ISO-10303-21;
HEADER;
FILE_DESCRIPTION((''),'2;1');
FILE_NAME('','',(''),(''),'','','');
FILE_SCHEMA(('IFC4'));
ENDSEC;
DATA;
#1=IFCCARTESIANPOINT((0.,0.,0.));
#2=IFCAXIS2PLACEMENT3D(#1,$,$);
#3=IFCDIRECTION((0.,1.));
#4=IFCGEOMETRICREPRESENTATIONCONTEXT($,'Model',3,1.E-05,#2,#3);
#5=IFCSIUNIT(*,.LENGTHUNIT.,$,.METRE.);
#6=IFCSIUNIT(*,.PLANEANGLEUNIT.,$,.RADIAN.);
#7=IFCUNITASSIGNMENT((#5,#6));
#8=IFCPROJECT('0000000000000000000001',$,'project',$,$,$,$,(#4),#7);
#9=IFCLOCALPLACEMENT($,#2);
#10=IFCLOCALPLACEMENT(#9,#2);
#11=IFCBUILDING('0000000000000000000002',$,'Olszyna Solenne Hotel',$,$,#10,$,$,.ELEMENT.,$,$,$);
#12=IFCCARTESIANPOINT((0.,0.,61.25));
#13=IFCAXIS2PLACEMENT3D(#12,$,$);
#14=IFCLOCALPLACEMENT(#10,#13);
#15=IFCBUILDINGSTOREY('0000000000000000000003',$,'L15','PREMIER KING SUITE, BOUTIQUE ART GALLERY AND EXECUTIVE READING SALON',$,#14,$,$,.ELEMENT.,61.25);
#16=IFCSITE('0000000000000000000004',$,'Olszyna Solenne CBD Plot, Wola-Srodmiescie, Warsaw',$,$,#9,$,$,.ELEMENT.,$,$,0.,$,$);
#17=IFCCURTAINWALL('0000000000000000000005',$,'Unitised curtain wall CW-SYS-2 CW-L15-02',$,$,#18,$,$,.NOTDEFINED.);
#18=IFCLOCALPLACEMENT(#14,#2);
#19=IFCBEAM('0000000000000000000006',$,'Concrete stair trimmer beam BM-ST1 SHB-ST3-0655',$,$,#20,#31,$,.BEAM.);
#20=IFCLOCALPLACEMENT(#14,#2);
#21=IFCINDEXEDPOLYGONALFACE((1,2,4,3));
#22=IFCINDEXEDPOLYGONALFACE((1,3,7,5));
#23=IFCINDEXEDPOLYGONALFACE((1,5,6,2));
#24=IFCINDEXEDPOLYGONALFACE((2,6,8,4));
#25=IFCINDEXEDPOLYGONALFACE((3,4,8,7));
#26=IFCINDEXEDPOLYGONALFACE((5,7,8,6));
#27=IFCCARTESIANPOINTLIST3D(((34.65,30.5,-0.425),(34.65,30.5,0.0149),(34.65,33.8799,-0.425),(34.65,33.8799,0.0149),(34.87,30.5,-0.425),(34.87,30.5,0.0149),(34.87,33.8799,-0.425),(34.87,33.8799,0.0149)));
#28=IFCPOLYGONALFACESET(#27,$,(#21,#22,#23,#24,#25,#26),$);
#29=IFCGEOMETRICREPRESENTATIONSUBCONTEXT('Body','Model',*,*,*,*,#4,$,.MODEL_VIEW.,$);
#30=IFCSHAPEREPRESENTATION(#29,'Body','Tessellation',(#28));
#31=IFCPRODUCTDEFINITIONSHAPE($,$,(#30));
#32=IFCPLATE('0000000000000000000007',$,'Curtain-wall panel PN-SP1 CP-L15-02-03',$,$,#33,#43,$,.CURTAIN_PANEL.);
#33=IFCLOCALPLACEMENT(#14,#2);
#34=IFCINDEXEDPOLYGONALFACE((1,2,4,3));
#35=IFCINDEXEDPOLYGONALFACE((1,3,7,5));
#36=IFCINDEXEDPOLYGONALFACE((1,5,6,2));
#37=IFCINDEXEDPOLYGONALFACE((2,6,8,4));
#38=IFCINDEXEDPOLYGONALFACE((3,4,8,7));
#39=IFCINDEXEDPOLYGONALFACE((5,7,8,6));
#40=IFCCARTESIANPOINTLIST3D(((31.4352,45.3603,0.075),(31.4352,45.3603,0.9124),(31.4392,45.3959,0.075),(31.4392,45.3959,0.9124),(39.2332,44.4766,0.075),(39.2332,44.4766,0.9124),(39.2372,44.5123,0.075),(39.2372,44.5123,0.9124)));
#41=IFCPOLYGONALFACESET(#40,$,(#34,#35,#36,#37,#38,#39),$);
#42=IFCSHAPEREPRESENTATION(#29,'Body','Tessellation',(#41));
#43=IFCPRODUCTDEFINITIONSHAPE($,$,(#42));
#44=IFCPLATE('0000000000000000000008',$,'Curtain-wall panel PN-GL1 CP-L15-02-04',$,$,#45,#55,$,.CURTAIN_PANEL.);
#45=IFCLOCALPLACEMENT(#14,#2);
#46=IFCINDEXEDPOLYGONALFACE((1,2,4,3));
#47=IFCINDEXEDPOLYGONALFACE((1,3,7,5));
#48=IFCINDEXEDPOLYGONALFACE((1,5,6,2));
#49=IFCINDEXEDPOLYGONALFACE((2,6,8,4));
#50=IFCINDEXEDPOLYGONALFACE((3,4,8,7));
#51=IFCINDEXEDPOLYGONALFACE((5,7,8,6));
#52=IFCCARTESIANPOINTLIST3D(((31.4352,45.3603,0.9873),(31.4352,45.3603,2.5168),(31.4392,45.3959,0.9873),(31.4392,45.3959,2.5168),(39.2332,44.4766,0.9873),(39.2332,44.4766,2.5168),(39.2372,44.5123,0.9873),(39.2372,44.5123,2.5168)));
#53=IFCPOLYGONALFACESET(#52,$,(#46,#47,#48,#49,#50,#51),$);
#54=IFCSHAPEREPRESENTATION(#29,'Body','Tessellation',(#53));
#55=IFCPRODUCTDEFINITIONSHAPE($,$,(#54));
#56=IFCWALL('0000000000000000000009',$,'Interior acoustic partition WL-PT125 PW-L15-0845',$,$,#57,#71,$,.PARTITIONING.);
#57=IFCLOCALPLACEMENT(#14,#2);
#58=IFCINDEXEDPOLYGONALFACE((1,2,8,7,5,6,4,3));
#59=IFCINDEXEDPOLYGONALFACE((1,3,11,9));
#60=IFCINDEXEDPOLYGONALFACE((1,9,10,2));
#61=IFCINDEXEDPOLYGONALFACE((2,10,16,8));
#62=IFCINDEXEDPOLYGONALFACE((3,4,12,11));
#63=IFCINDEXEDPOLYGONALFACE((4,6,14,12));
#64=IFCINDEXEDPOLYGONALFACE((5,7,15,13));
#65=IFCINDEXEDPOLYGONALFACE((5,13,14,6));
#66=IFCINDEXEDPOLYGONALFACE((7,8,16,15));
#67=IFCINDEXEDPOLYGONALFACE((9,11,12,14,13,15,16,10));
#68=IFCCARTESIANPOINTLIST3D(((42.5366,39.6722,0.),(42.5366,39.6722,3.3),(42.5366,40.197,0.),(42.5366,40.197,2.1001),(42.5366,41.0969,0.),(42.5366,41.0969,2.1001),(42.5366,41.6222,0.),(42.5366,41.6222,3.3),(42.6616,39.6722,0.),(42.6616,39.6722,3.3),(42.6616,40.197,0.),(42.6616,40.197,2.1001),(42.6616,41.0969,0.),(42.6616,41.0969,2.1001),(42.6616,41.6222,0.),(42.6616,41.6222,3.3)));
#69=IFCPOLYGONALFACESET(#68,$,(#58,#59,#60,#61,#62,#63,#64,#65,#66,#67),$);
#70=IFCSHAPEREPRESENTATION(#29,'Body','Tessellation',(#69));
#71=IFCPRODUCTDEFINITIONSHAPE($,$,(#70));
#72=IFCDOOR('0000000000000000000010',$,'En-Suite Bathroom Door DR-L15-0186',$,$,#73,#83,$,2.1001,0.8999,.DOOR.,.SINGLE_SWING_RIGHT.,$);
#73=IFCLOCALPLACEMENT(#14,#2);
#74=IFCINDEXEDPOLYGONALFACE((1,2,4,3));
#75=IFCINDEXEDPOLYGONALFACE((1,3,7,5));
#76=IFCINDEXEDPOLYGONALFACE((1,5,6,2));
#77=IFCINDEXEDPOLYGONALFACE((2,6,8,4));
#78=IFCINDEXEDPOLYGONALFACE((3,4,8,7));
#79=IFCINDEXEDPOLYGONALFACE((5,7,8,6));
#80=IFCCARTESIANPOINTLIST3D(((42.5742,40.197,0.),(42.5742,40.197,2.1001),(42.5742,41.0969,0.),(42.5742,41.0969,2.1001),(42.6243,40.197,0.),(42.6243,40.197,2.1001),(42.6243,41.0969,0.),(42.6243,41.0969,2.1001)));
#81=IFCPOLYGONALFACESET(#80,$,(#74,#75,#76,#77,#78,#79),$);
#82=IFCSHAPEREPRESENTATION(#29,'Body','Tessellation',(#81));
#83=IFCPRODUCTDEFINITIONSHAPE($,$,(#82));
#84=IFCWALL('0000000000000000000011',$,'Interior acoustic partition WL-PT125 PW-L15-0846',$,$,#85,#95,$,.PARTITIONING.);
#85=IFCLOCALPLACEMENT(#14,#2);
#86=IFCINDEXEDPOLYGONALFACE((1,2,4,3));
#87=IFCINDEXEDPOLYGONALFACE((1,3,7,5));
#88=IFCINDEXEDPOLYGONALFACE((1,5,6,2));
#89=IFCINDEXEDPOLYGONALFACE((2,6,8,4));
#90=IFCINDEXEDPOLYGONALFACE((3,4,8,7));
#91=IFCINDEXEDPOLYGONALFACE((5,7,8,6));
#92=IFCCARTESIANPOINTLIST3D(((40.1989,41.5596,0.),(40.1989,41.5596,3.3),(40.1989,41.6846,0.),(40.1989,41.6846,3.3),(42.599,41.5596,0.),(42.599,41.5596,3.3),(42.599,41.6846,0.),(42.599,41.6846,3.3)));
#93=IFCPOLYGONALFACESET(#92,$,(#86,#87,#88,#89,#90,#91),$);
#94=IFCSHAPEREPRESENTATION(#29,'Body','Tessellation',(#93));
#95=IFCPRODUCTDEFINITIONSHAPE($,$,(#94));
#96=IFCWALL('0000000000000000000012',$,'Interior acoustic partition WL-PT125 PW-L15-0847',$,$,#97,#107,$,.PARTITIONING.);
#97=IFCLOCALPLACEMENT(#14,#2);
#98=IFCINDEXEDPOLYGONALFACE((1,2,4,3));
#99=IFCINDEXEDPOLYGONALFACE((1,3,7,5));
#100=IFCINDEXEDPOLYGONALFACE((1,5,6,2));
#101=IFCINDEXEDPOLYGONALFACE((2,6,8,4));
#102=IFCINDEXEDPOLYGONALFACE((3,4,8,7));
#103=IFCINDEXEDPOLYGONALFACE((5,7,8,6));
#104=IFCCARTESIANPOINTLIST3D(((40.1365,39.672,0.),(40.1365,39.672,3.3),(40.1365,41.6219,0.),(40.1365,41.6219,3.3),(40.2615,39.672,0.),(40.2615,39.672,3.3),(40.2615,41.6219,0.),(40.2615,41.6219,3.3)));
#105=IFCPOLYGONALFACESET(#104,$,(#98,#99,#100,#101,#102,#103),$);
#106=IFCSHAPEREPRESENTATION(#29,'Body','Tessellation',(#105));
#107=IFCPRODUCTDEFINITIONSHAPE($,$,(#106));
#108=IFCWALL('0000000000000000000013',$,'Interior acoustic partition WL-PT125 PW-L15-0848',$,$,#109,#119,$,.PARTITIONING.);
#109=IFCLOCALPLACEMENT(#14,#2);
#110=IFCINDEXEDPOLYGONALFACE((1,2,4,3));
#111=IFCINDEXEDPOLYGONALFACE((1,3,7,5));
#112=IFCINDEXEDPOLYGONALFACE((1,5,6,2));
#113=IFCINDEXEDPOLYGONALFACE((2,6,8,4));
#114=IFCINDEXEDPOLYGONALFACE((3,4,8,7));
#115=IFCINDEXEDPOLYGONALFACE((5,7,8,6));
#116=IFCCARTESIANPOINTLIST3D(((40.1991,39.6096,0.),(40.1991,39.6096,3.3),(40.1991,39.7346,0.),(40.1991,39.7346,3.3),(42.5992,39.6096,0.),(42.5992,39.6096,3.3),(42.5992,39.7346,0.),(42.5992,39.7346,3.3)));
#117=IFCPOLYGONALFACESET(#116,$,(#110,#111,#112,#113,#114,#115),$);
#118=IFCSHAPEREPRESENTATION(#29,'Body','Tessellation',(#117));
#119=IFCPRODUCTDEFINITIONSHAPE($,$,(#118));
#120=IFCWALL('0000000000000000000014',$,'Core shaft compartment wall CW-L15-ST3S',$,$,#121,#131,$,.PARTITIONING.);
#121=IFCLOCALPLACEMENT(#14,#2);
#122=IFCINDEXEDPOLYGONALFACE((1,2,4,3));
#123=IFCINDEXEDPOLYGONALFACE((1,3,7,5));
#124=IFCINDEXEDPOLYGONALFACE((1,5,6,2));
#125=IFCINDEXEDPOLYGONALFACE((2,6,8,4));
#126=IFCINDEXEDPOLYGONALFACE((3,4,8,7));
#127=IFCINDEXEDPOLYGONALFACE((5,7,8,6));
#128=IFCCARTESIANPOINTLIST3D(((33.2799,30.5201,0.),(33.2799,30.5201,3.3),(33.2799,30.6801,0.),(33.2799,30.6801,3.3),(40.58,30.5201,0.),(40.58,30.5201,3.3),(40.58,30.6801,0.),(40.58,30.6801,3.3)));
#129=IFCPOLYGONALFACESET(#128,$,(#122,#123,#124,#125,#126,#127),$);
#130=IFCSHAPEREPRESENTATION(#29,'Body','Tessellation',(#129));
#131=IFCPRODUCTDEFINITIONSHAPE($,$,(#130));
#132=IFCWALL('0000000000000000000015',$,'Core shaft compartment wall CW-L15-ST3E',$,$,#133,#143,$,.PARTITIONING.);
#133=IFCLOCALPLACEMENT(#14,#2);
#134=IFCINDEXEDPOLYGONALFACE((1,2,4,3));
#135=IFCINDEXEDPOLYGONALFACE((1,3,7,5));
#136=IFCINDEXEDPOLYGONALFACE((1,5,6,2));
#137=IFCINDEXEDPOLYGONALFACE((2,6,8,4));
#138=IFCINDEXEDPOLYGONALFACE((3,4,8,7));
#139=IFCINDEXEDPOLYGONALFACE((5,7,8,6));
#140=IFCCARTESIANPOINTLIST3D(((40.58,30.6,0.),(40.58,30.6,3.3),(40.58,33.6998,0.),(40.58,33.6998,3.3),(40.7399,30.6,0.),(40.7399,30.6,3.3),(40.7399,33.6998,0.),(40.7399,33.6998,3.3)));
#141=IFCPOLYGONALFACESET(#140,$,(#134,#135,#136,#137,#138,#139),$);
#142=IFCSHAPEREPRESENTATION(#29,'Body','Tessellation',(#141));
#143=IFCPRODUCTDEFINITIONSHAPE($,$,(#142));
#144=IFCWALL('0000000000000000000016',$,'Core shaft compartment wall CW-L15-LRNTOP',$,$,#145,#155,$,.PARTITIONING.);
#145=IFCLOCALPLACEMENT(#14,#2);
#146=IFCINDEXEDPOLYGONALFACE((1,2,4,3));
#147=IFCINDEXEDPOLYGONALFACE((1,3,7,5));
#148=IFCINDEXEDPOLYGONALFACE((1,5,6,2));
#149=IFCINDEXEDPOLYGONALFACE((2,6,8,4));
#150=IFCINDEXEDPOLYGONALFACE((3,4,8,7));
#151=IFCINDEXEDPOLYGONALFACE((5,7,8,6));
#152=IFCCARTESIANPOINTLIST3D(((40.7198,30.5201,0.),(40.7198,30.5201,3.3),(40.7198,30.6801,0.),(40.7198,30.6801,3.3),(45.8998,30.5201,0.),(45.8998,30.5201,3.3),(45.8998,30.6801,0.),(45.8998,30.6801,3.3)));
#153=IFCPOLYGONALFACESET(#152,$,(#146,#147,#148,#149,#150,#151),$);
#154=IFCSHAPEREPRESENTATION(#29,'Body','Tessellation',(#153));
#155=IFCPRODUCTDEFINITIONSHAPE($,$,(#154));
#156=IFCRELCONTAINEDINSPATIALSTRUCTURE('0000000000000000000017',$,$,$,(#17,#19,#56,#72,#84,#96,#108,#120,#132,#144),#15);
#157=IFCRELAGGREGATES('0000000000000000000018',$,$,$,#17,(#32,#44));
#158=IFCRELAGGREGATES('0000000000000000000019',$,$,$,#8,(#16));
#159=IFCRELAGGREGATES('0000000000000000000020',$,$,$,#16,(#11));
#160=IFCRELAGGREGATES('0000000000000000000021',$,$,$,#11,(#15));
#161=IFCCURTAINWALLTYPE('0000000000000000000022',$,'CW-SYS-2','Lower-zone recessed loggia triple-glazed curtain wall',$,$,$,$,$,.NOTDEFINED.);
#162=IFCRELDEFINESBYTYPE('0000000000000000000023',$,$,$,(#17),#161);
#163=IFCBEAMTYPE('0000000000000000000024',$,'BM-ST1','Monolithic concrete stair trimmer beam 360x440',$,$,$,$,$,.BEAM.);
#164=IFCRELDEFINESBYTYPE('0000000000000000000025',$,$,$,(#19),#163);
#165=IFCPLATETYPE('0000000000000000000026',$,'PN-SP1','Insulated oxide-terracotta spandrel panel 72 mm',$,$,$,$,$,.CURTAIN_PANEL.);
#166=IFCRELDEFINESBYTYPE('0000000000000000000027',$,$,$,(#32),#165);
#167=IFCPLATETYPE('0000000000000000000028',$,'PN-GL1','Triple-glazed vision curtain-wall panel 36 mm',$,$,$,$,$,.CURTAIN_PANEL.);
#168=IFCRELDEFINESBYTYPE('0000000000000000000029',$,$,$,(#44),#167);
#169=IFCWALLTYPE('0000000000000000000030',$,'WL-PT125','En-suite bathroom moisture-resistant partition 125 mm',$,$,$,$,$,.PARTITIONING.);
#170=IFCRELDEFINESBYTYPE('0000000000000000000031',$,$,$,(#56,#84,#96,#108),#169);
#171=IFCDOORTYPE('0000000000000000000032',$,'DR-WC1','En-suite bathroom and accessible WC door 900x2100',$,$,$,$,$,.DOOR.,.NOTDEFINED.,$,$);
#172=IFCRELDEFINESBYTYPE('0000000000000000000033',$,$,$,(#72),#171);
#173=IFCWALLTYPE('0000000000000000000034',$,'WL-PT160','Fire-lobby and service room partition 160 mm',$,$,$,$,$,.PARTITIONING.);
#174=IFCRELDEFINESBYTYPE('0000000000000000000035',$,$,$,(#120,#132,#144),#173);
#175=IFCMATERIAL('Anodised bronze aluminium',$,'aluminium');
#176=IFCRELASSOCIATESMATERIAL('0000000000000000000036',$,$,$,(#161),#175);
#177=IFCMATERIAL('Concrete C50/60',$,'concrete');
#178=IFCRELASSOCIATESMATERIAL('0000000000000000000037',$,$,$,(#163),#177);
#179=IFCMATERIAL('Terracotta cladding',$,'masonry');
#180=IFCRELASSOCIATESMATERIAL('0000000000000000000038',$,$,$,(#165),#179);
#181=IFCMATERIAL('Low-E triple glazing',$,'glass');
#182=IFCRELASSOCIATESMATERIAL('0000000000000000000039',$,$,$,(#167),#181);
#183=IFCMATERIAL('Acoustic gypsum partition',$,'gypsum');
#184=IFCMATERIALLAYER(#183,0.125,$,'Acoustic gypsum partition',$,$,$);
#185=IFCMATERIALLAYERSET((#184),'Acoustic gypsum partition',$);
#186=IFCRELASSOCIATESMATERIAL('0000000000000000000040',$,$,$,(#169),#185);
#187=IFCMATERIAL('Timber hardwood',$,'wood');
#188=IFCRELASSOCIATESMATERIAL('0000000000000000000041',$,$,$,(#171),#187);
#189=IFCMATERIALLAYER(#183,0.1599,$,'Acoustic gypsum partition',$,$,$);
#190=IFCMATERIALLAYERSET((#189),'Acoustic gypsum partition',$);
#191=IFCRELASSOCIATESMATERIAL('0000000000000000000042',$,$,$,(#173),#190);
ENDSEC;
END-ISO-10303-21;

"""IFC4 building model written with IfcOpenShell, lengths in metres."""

from ifc_helpers import new_model, si_unit, direction, frame, frame_2d, origin, origin_2d, place, context, subcontext, project, spatial, rectangle, extrude, source, transform, mapped, material, layer, layer_set, material_profile, profile_set, type_object, type_shapes, element, fill, aggregate, save


model = new_model("IFC4")

# Units and contexts
model_context = context("Model", 3, precision=1e-05, world=origin(), true_north=direction((0.0, 1.0)))
body_context = subcontext(model_context, "Body", "Model", "MODEL_VIEW")
ifc_project = project(units=[si_unit("LENGTHUNIT", "METRE"), si_unit("PLANEANGLEUNIT", "RADIAN")], contexts=[model_context])

# Site, building, storey
site_placement = place(None, origin())
site = spatial("IfcSite", under=ifc_project, at=site_placement, Name="Olszyna Solenne CBD Plot, Wola-Srodmiescie, Warsaw", CompositionType="ELEMENT", RefElevation=0.0)
building_placement = place(site_placement, origin())
building = spatial("IfcBuilding", under=site, at=building_placement, Name="Olszyna Solenne Hotel", CompositionType="ELEMENT")
storey_placement = place(building_placement, frame((0.0, 0.0, 61.25)))
storey = spatial("IfcBuildingStorey", under=building, at=storey_placement, Name="L15", Description="PREMIER KING SUITE, BOUTIQUE ART GALLERY AND EXECUTIVE READING SALON", CompositionType="ELEMENT", Elevation=61.25)

# Curtain wall
ifc_material_1 = material(Name="Anodised bronze aluminium", Category="aluminium")
curtain_wall_type = type_object("IfcCurtainWallType", Name="CW-SYS-2", Description="Lower-zone recessed loggia triple-glazed curtain wall", PredefinedType="NOTDEFINED", material=ifc_material_1)
curtain_wall_placement = place(storey_placement, origin())
curtain_wall = element("IfcCurtainWall", 1, at=curtain_wall_placement, inside=storey, type_object=curtain_wall_type, Name="Unitised curtain wall CW-SYS-2 CW-L15-02", PredefinedType="NOTDEFINED")

# Beam
ifc_material_2 = material(Name="Concrete C50/60", Category="concrete")
ifc_material_profile_1 = material_profile(ifc_material_2, rectangle(XDim=0.22, YDim=0.4399, at=origin_2d()), Name="RC 220x440", Category="load-bearing")
ifc_profile_set_1 = profile_set([ifc_material_profile_1], Name="Concrete C50/60")
beam_type_1 = type_object("IfcBeamType", Name="BM-ST1", Description="Monolithic concrete stair trimmer beam 360x440", PredefinedType="BEAM", material=ifc_profile_set_1)
shared_shape_1 = source(origin(), body_context, "Body", "SweptSolid", [
    extrude(rectangle(XDim=0.22, YDim=0.4399, at=origin_2d()), origin(), (0.0, 0.0, 1.0), 3.3799),
])
beam_1_placement = place(storey_placement, frame((34.76, 30.5, -0.2051), z_axis=(0.0, 1.0, 0.0), x_axis=(-1.0, 0.0, 0.0)))
element("IfcBeam", 2, at=beam_1_placement, inside=storey, type_object=beam_type_1, Name="Concrete stair trimmer beam BM-ST1 SHB-ST3-0655", PredefinedType="BEAM", context=body_context, shape_type="MappedRepresentation", body=[
    mapped(shared_shape_1, transform((0.0, 0.0, 0.0), x_axis=(1.0, 0.0, 0.0), y_axis=(0.0, 1.0, 0.0), z_axis=(0.0, 0.0, 1.0), scale=1.0)),
])

# Plates
ifc_material_3 = material(Name="Terracotta cladding", Category="masonry")
plate_type_1 = type_object("IfcPlateType", Name="PN-SP1", Description="Insulated oxide-terracotta spandrel panel 72 mm", PredefinedType="CURTAIN_PANEL", material=ifc_material_3)
shared_shape_2 = source(origin(), body_context, "Body", "SweptSolid", [
    extrude(rectangle(XDim=7.8479, YDim=0.0359, at=origin_2d()), origin(), (0.0, 0.0, 1.0), 0.8374),
])
plate_1_placement = place(storey_placement, frame((35.3362, 44.9363, 0.075), z_axis=(0.0, 0.0, 1.0), x_axis=(0.993641, -0.112597, 0.0)))
plate_1 = element("IfcPlate", 3, at=plate_1_placement, type_object=plate_type_1, Name="Curtain-wall panel PN-SP1 CP-L15-02-03", PredefinedType="CURTAIN_PANEL", context=body_context, shape_type="MappedRepresentation", body=[
    mapped(shared_shape_2, transform((0.0, 0.0, 0.0), x_axis=(1.0, 0.0, 0.0), y_axis=(0.0, 1.0, 0.0), z_axis=(0.0, 0.0, 1.0), scale=1.0)),
])
ifc_material_4 = material(Name="Low-E triple glazing", Category="glass")
plate_type_2 = type_object("IfcPlateType", Name="PN-GL1", Description="Triple-glazed vision curtain-wall panel 36 mm", PredefinedType="CURTAIN_PANEL", material=ifc_material_4)
shared_shape_3 = source(origin(), body_context, "Body", "SweptSolid", [
    extrude(rectangle(XDim=7.8479, YDim=0.0359, at=origin_2d()), origin(), (0.0, 0.0, 1.0), 1.5295),
])
plate_2_placement = place(storey_placement, frame((35.3362, 44.9363, 0.9873), z_axis=(0.0, 0.0, 1.0), x_axis=(0.993641, -0.112597, 0.0)))
plate_2 = element("IfcPlate", 4, at=plate_2_placement, type_object=plate_type_2, Name="Curtain-wall panel PN-GL1 CP-L15-02-04", PredefinedType="CURTAIN_PANEL", context=body_context, shape_type="MappedRepresentation", body=[
    mapped(shared_shape_3, transform((0.0, 0.0, 0.0), x_axis=(1.0, 0.0, 0.0), y_axis=(0.0, 1.0, 0.0), z_axis=(0.0, 0.0, 1.0), scale=1.0)),
])
aggregate(curtain_wall, [plate_1, plate_2])

# Wall, opening, door
ifc_material_5 = material(Name="Acoustic gypsum partition", Category="gypsum")
ifc_layer_1 = layer(ifc_material_5, 0.125, Name="Acoustic gypsum partition")
ifc_layer_set_1 = layer_set([ifc_layer_1], Name="Acoustic gypsum partition")
wall_type_1 = type_object("IfcWallType", Name="WL-PT125", Description="En-suite bathroom moisture-resistant partition 125 mm", PredefinedType="PARTITIONING", material=ifc_layer_set_1)
wall_1_placement = place(storey_placement, frame((42.5991, 39.6721, 0.0), z_axis=(0.0, 0.0, 1.0), x_axis=(0.0, 1.0, 0.0)))
wall_1 = element("IfcWall", 5, at=wall_1_placement, inside=storey, type_object=wall_type_1, Name="Interior acoustic partition WL-PT125 PW-L15-0845", PredefinedType="PARTITIONING", context=body_context, shape_type="SweptSolid", body=[
    extrude(rectangle(XDim=1.95, YDim=0.125, at=frame_2d((0.9751, 0.0))), origin(), (0.0, 0.0, 1.0), 3.3),
])
opening_1_placement = place(wall_1_placement, frame((0.5249, 0.0, 0.0)))
opening_1 = element("IfcOpeningElement", 6, at=opening_1_placement, cuts=wall_1, PredefinedType="OPENING", context=body_context, shape_type="SweptSolid", body=[
    extrude(rectangle(XDim=0.8999, YDim=2.1001, at=frame_2d((0.45, 1.05))), frame((0.0, 0.0725, 0.0), z_axis=(0.0, -1.0, 0.0), x_axis=(1.0, 0.0, 0.0)), (0.0, 0.0, 1.0), 0.145),
])
ifc_material_6 = material(Name="Timber hardwood", Category="wood")
door_type_1 = type_object("IfcDoorType", Name="DR-WC1", Description="En-suite bathroom and accessible WC door 900x2100", OperationType="NOTDEFINED", PredefinedType="DOOR", material=ifc_material_6)
shared_shape_4 = source(origin(), body_context, "Body", "SweptSolid", [
    extrude(rectangle(XDim=0.8999, YDim=2.1001, at=frame_2d((0.45, 1.05))), frame((0.0, 0.0249, 0.0), z_axis=(0.0, -1.0, 0.0), x_axis=(1.0, 0.0, 0.0)), (0.0, 0.0, 1.0), 0.05),
])
type_shapes(door_type_1, [shared_shape_4])
door_1_placement = place(opening_1_placement, origin())
door_1 = element("IfcDoor", 7, at=door_1_placement, inside=storey, type_object=door_type_1, Name="En-Suite Bathroom Door DR-L15-0186", OperationType="SINGLE_SWING_RIGHT", OverallHeight=2.1001, OverallWidth=0.8999, PredefinedType="DOOR", context=body_context, shape_type="MappedRepresentation", body=[
    mapped(shared_shape_4, transform((0.0, 0.0, 0.0), x_axis=(1.0, 0.0, 0.0), y_axis=(0.0, 1.0, 0.0), z_axis=(0.0, 0.0, 1.0), scale=1.0)),
])
fill(opening_1, door_1)

# Walls
wall_2_placement = place(storey_placement, frame((42.5991, 41.6221, 0.0), z_axis=(0.0, 0.0, 1.0), x_axis=(-1.0, 0.0, 0.0)))
element("IfcWall", 8, at=wall_2_placement, inside=storey, type_object=wall_type_1, Name="Interior acoustic partition WL-PT125 PW-L15-0846", PredefinedType="PARTITIONING", context=body_context, shape_type="SweptSolid", body=[
    extrude(rectangle(XDim=2.4001, YDim=0.125, at=frame_2d((1.2002, 0.0))), origin(), (0.0, 0.0, 1.0), 3.3),
])
wall_3_placement = place(storey_placement, frame((40.199, 41.6221, 0.0), z_axis=(0.0, 0.0, 1.0), x_axis=(0.0, -1.0, 0.0)))
element("IfcWall", 9, at=wall_3_placement, inside=storey, type_object=wall_type_1, Name="Interior acoustic partition WL-PT125 PW-L15-0847", PredefinedType="PARTITIONING", context=body_context, shape_type="SweptSolid", body=[
    extrude(rectangle(XDim=1.95, YDim=0.125, at=frame_2d((0.9751, 0.0))), origin(), (0.0, 0.0, 1.0), 3.3),
])
wall_4_placement = place(storey_placement, frame((40.199, 39.6721, 0.0), z_axis=(0.0, 0.0, 1.0), x_axis=(1.0, 0.0, 0.0)))
element("IfcWall", 10, at=wall_4_placement, inside=storey, type_object=wall_type_1, Name="Interior acoustic partition WL-PT125 PW-L15-0848", PredefinedType="PARTITIONING", context=body_context, shape_type="SweptSolid", body=[
    extrude(rectangle(XDim=2.4001, YDim=0.125, at=frame_2d((1.2002, 0.0))), origin(), (0.0, 0.0, 1.0), 3.3),
])
ifc_layer_2 = layer(ifc_material_5, 0.1599, Name="Acoustic gypsum partition")
ifc_layer_set_2 = layer_set([ifc_layer_2], Name="Acoustic gypsum partition")
wall_type_2 = type_object("IfcWallType", Name="WL-PT160", Description="Fire-lobby and service room partition 160 mm", PredefinedType="PARTITIONING", material=ifc_layer_set_2)
wall_5_placement = place(storey_placement, frame((33.28, 30.6001, 0.0), z_axis=(0.0, 0.0, 1.0), x_axis=(1.0, 0.0, 0.0)))
element("IfcWall", 11, at=wall_5_placement, inside=storey, type_object=wall_type_2, Name="Core shaft compartment wall CW-L15-ST3S", PredefinedType="PARTITIONING", context=body_context, shape_type="SweptSolid", body=[
    extrude(rectangle(XDim=7.3, YDim=0.1599, at=frame_2d((3.6499, 0.0))), origin(), (0.0, 0.0, 1.0), 3.3),
])
wall_6_placement = place(storey_placement, frame((40.6599, 30.6001, 0.0), z_axis=(0.0, 0.0, 1.0), x_axis=(0.0, 1.0, 0.0)))
element("IfcWall", 12, at=wall_6_placement, inside=storey, type_object=wall_type_2, Name="Core shaft compartment wall CW-L15-ST3E", PredefinedType="PARTITIONING", context=body_context, shape_type="SweptSolid", body=[
    extrude(rectangle(XDim=3.0999, YDim=0.1599, at=frame_2d((1.5498, 0.0))), origin(), (0.0, 0.0, 1.0), 3.3),
])
wall_7_placement = place(storey_placement, frame((40.72, 30.6001, 0.0), z_axis=(0.0, 0.0, 1.0), x_axis=(1.0, 0.0, 0.0)))
element("IfcWall", 13, at=wall_7_placement, inside=storey, type_object=wall_type_2, Name="Core shaft compartment wall CW-L15-LRNTOP", PredefinedType="PARTITIONING", context=body_context, shape_type="SweptSolid", body=[
    extrude(rectangle(XDim=5.1799, YDim=0.1599, at=frame_2d((2.5898, 0.0))), origin(), (0.0, 0.0, 1.0), 3.3),
])

save(model, "model.ifc")
